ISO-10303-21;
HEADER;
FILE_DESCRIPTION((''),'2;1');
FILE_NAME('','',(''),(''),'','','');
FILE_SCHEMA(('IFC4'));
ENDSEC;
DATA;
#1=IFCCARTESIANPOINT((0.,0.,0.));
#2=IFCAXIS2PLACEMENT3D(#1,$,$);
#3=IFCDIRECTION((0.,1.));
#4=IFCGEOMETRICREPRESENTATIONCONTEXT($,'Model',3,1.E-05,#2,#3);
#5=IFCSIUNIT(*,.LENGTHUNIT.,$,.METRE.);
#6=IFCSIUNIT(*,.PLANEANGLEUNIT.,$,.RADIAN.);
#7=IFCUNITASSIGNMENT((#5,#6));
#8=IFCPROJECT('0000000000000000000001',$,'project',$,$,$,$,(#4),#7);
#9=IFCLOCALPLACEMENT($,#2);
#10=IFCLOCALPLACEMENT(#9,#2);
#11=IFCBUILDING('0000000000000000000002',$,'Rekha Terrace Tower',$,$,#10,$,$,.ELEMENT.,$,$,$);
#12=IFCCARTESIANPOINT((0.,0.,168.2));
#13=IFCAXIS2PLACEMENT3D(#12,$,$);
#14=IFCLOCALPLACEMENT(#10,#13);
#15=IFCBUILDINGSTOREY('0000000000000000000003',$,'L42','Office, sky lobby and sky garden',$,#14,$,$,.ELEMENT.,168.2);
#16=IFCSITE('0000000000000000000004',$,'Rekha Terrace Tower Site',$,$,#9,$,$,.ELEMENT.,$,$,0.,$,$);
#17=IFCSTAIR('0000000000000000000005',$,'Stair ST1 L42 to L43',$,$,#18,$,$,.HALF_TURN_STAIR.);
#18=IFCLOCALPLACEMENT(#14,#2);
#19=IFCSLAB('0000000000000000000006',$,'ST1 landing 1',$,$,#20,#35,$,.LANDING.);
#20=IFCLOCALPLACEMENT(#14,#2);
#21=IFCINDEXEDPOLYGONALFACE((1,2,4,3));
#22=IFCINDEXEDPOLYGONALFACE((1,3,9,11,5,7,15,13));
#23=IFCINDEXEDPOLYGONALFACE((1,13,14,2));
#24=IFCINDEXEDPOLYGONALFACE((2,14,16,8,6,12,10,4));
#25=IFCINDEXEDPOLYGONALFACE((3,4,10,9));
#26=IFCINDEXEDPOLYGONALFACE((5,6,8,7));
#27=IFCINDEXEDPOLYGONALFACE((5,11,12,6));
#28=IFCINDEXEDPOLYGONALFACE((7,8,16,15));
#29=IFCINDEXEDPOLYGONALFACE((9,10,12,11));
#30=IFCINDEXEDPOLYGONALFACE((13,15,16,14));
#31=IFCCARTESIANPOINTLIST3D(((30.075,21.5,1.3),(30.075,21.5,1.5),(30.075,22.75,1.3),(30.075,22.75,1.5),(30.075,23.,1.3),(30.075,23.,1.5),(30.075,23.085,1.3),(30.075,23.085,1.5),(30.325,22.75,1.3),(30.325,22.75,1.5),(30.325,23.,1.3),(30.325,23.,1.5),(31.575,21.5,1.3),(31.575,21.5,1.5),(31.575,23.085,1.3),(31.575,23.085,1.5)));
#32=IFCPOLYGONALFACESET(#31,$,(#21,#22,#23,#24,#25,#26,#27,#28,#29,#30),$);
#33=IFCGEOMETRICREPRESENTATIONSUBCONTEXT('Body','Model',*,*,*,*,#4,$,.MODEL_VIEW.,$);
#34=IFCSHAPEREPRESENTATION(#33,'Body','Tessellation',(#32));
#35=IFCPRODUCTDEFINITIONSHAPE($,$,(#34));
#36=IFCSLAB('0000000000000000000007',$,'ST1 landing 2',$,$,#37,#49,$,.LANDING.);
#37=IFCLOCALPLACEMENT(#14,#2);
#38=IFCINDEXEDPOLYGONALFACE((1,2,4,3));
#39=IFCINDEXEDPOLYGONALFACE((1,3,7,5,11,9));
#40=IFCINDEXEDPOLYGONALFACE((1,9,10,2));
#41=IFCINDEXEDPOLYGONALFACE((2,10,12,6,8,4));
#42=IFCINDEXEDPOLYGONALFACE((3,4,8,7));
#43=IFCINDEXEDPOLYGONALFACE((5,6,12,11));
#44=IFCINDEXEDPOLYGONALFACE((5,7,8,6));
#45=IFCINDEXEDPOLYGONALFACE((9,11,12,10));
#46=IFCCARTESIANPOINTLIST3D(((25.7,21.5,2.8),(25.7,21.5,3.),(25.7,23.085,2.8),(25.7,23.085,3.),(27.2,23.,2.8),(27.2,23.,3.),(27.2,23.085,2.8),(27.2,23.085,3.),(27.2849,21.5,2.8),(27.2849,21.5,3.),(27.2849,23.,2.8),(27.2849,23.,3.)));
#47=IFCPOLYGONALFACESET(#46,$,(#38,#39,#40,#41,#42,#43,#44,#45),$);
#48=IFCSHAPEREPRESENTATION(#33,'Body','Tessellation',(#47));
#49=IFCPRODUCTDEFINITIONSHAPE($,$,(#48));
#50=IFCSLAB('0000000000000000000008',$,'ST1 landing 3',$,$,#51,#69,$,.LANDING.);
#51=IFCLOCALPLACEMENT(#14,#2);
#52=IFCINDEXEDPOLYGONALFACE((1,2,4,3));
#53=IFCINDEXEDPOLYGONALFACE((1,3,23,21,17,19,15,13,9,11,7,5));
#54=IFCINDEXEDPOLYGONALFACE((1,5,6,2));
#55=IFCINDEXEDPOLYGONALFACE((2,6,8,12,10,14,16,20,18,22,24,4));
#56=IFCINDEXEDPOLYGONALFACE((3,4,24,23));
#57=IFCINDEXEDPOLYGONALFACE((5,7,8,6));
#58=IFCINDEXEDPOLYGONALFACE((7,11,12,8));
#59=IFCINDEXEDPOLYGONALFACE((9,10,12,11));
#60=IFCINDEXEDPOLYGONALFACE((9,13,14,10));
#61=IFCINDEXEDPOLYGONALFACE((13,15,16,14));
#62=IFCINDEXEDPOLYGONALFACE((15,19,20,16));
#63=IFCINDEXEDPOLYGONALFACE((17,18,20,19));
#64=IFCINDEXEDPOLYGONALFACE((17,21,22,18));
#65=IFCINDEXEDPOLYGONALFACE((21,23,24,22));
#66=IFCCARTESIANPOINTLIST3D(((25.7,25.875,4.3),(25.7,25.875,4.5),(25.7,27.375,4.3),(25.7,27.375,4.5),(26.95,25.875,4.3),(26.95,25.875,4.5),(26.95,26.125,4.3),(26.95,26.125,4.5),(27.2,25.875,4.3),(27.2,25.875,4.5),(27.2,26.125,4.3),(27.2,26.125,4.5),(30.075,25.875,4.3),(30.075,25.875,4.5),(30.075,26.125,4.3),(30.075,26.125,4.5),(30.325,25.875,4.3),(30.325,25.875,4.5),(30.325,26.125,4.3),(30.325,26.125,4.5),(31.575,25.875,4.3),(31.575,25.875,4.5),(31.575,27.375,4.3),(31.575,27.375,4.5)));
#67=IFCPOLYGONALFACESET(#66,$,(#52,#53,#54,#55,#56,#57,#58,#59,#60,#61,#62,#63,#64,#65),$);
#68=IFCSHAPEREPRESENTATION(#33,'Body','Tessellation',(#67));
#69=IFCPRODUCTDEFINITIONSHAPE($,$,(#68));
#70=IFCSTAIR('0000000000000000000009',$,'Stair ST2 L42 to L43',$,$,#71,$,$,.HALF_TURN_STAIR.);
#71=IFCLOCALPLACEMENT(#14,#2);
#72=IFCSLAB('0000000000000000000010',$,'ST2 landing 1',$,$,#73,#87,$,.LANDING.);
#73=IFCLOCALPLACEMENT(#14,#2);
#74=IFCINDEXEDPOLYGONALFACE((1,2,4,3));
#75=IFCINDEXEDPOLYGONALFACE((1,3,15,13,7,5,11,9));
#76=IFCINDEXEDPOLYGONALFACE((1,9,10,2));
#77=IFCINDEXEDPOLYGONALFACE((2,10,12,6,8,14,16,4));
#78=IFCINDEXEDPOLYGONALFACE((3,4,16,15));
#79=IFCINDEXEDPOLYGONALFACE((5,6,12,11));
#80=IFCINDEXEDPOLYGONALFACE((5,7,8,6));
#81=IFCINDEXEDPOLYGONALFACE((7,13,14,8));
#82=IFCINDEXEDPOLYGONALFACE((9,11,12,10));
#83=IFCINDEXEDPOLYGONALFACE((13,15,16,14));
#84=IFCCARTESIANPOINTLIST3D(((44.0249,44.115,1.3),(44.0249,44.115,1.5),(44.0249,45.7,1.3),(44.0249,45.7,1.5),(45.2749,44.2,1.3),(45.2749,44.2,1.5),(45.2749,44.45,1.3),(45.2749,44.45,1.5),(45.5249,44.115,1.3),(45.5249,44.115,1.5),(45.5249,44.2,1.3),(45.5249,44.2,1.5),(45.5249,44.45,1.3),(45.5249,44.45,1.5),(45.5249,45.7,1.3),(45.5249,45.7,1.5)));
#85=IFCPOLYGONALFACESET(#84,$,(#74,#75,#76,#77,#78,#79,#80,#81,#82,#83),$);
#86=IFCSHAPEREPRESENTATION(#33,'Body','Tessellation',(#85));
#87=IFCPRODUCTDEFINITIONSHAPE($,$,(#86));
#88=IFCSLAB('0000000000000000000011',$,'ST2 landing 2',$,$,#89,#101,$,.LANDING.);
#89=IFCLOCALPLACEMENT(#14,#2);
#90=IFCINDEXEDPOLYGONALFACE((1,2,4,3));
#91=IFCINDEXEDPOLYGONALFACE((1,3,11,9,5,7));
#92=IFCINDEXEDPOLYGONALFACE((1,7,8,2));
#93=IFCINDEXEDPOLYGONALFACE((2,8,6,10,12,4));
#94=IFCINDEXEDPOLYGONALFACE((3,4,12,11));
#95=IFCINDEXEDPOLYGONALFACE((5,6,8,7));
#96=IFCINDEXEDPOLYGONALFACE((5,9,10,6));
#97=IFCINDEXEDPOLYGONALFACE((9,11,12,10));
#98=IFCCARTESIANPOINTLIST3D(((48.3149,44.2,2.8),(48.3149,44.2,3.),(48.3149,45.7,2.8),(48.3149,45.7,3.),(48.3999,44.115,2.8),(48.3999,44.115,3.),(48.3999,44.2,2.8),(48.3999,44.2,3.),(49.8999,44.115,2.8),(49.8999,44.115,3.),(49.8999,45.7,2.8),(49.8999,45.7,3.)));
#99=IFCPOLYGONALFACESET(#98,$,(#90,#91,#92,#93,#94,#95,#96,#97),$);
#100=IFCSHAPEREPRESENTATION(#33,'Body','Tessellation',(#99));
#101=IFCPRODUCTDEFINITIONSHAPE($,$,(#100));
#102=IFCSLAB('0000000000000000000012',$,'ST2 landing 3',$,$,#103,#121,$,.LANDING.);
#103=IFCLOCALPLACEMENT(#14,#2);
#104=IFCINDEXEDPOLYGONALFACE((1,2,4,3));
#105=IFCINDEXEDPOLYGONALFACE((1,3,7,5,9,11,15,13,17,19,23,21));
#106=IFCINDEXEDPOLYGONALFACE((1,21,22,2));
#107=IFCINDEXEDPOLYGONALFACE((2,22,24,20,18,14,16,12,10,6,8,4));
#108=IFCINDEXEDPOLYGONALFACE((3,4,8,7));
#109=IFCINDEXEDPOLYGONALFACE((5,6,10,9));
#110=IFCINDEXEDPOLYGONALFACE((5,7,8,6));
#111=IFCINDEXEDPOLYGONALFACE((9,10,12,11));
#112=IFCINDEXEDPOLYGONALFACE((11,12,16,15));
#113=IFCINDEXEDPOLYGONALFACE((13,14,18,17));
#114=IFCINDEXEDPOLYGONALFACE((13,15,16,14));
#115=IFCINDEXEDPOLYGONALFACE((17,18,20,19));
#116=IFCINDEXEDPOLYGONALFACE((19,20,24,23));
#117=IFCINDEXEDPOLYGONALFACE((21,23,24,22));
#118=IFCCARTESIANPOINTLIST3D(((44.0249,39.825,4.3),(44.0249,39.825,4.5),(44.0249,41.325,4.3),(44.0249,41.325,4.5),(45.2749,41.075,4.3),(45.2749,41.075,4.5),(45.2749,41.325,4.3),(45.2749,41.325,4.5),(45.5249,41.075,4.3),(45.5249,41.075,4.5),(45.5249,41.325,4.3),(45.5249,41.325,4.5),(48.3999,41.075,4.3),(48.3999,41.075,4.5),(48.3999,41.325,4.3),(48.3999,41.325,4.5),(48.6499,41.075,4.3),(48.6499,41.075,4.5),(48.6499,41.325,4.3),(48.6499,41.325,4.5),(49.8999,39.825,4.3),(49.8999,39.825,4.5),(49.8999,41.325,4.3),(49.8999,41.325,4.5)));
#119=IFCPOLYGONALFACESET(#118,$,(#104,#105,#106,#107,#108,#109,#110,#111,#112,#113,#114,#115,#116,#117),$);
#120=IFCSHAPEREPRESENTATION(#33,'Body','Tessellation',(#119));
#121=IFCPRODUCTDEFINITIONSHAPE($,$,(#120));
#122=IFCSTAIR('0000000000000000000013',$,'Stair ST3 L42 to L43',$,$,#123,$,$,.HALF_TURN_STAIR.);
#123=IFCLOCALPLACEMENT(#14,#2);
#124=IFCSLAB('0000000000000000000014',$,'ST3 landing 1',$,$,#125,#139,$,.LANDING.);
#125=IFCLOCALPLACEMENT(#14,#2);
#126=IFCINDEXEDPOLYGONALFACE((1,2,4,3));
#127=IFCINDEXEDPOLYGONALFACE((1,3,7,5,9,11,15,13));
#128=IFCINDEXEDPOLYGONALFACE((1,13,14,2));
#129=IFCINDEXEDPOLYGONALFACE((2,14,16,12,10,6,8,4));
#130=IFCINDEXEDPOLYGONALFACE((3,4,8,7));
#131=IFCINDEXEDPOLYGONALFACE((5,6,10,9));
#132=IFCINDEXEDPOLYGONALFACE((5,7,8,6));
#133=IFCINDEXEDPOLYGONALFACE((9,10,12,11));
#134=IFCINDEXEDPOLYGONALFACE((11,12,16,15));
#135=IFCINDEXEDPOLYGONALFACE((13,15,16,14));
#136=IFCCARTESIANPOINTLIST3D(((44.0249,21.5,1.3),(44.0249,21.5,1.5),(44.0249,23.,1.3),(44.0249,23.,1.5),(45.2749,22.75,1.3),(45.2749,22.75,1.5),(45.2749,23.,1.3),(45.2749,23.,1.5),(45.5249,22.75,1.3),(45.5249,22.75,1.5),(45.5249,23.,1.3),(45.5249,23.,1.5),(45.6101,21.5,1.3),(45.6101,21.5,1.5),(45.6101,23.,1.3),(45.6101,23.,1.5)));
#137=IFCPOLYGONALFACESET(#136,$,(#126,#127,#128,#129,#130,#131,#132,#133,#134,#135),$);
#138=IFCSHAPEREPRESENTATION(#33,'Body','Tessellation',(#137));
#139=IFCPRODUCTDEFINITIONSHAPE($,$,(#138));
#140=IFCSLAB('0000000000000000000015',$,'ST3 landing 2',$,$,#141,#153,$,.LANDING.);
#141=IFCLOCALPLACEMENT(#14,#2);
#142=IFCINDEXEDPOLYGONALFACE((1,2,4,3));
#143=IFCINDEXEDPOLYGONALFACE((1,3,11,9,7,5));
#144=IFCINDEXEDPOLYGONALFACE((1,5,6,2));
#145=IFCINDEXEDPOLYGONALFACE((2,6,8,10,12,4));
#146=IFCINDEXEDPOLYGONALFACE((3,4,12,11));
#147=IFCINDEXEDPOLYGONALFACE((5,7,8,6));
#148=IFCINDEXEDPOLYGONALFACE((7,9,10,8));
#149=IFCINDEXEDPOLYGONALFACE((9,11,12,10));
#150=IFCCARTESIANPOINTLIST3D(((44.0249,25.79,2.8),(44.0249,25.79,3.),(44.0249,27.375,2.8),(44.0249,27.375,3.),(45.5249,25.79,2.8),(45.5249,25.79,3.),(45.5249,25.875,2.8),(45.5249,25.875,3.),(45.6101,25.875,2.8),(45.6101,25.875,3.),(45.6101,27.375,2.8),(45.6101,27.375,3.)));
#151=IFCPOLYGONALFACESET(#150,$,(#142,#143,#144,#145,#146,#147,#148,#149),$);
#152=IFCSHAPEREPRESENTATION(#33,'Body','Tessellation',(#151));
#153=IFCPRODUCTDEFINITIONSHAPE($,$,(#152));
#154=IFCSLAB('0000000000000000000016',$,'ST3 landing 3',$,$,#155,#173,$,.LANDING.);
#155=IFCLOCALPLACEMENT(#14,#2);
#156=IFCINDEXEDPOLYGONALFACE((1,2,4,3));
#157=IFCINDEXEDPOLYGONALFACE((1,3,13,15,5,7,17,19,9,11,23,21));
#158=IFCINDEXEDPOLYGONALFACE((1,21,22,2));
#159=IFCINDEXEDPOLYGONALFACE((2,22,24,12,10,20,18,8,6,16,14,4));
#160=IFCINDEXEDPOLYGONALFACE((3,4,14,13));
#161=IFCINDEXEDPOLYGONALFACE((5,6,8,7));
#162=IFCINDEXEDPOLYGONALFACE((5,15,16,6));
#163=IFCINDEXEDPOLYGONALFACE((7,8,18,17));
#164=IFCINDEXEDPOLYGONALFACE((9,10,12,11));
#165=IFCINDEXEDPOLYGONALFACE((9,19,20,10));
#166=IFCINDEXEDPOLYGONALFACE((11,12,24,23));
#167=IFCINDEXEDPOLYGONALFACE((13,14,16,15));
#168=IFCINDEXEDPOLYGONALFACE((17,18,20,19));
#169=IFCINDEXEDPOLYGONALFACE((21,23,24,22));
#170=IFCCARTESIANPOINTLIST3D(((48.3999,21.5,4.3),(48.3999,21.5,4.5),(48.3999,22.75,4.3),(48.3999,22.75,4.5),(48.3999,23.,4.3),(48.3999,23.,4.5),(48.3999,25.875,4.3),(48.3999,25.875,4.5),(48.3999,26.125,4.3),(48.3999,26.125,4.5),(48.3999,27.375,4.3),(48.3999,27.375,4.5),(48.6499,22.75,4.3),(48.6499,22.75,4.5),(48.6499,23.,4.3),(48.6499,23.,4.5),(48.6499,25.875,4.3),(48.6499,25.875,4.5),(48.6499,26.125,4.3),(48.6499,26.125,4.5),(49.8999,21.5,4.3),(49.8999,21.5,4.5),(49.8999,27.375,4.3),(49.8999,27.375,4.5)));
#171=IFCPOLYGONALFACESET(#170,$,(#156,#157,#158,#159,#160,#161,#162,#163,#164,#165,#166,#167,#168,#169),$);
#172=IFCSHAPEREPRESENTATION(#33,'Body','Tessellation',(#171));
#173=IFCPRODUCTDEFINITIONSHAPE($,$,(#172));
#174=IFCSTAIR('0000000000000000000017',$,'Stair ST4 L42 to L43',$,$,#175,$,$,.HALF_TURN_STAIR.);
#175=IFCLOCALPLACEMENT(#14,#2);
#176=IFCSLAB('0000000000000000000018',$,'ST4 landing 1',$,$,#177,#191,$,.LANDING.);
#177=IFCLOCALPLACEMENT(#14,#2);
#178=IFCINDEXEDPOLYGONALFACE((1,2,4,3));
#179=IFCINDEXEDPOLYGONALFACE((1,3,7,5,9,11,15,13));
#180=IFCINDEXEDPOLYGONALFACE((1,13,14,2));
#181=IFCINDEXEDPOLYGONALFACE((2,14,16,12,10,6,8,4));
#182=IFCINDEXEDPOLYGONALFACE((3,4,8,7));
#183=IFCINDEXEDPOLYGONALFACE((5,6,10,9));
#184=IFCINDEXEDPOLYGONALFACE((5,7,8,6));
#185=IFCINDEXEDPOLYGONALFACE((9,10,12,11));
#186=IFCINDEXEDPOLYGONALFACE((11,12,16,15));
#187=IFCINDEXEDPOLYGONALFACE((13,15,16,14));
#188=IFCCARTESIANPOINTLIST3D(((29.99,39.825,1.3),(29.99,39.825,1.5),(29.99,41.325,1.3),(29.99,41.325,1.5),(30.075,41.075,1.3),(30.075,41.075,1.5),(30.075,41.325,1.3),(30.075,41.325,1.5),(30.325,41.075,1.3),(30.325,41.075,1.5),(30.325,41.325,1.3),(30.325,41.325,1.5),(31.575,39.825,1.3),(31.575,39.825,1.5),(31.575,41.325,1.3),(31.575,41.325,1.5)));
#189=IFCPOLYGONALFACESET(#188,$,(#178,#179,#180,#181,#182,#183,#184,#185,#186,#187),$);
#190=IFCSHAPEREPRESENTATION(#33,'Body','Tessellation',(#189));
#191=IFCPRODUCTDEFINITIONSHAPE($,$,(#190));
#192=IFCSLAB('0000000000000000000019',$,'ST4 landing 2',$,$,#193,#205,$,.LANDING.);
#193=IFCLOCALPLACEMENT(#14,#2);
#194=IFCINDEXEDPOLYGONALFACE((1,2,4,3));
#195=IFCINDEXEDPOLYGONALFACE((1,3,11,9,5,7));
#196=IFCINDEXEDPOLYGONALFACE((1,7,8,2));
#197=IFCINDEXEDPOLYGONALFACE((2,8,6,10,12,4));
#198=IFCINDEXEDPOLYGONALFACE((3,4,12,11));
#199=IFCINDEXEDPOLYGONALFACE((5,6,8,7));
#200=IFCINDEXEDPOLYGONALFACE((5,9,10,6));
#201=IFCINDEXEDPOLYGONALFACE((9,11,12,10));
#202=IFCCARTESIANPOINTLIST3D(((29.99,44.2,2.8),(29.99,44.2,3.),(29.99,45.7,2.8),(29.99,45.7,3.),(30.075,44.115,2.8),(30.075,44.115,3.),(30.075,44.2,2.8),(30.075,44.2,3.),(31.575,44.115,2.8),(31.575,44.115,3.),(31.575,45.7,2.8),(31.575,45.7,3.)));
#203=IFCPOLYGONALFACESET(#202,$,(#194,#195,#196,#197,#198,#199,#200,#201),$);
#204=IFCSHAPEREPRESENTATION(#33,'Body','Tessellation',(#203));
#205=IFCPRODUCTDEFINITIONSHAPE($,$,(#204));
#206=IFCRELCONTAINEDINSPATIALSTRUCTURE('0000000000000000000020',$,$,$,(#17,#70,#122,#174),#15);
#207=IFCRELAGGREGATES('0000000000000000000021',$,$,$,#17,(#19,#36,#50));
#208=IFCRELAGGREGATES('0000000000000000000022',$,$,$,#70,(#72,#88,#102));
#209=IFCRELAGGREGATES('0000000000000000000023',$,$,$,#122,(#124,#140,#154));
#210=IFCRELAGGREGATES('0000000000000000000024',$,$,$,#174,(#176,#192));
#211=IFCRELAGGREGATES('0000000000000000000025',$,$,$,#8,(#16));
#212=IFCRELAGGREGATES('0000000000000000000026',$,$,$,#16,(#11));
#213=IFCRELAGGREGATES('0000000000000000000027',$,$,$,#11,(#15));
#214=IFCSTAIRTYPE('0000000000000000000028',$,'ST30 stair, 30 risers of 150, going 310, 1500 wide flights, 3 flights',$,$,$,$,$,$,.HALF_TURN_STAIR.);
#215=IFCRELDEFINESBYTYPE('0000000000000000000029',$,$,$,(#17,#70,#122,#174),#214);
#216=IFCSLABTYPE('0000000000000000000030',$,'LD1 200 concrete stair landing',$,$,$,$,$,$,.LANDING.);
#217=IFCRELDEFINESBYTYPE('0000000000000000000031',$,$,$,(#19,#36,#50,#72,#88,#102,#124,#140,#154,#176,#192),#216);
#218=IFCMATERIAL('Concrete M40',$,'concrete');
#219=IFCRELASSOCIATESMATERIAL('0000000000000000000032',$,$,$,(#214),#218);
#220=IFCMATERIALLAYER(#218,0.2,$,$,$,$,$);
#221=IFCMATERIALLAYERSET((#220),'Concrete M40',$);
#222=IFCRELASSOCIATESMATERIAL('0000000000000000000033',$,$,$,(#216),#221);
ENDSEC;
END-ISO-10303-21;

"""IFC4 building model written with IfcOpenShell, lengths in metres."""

from ifc_helpers import new_model, si_unit, direction, frame, origin, place, context, subcontext, project, spatial, polyline, outline, extrude, material, layer, layer_set, type_object, element, aggregate, save


model = new_model("IFC4")

# Units and contexts
model_context = context("Model", 3, precision=1e-05, world=origin(), true_north=direction((0.0, 1.0)))
body_context = subcontext(model_context, "Body", "Model", "MODEL_VIEW")
ifc_project = project(units=[si_unit("LENGTHUNIT", "METRE"), si_unit("PLANEANGLEUNIT", "RADIAN")], contexts=[model_context])

# Site, building, storey
site_placement = place(None, origin())
site = spatial("IfcSite", under=ifc_project, at=site_placement, Name="Rekha Terrace Tower Site", CompositionType="ELEMENT", RefElevation=0.0)
building_placement = place(site_placement, origin())
building = spatial("IfcBuilding", under=site, at=building_placement, Name="Rekha Terrace Tower", CompositionType="ELEMENT")
storey_placement = place(building_placement, frame((0.0, 0.0, 168.2)))
storey = spatial("IfcBuildingStorey", under=building, at=storey_placement, Name="L42", Description="Office, sky lobby and sky garden", CompositionType="ELEMENT", Elevation=168.2)

# Stairs, slabs
ifc_material_1 = material(Name="Concrete M40", Category="concrete")
stair_type = type_object("IfcStairType", Name="ST30 stair, 30 risers of 150, going 310, 1500 wide flights, 3 flights", PredefinedType="HALF_TURN_STAIR", material=ifc_material_1)
stair_1_placement = place(storey_placement, origin())
stair_1 = element("IfcStair", 1, at=stair_1_placement, inside=storey, type_object=stair_type, Name="Stair ST1 L42 to L43", PredefinedType="HALF_TURN_STAIR")
ifc_layer_1 = layer(ifc_material_1, 0.2)
ifc_layer_set_1 = layer_set([ifc_layer_1], Name="Concrete M40")
slab_type_1 = type_object("IfcSlabType", Name="LD1 200 concrete stair landing", PredefinedType="LANDING", material=ifc_layer_set_1)
slab_1_placement = place(storey_placement, frame((0.0, 0.0, 1.3)))
slab_1 = element("IfcSlab", 2, at=slab_1_placement, type_object=slab_type_1, Name="ST1 landing 1", PredefinedType="LANDING", context=body_context, shape_type="SweptSolid", body=[
    extrude(outline(polyline([(30.075, 21.5), (31.575, 21.5), (31.575, 23.085), (30.075, 23.085), (30.075, 23.0), (30.325, 23.0), (30.325, 22.75), (30.075, 22.75), (30.075, 21.5)])), origin(), (0.0, 0.0, 1.0), 0.2),
])
slab_2_placement = place(storey_placement, frame((0.0, 0.0, 2.8)))
slab_2 = element("IfcSlab", 3, at=slab_2_placement, type_object=slab_type_1, Name="ST1 landing 2", PredefinedType="LANDING", context=body_context, shape_type="SweptSolid", body=[
    extrude(outline(polyline([(27.2, 23.085), (25.7, 23.085), (25.7, 21.5), (27.2849, 21.5), (27.2849, 23.0), (27.2, 23.0), (27.2, 23.085)])), origin(), (0.0, 0.0, 1.0), 0.2),
])
slab_3_placement = place(storey_placement, frame((0.0, 0.0, 4.3)))
slab_3 = element("IfcSlab", 4, at=slab_3_placement, type_object=slab_type_1, Name="ST1 landing 3", PredefinedType="LANDING", context=body_context, shape_type="SweptSolid", body=[
    extrude(outline(polyline([(31.575, 25.875), (31.575, 27.375), (25.7, 27.375), (25.7, 25.875), (26.95, 25.875), (26.95, 26.125), (27.2, 26.125), (27.2, 25.875), (30.075, 25.875), (30.075, 26.125), (30.325, 26.125), (30.325, 25.875), (31.575, 25.875)])), origin(), (0.0, 0.0, 1.0), 0.2),
])
aggregate(stair_1, [slab_1, slab_2, slab_3])
stair_2_placement = place(storey_placement, origin())
stair_2 = element("IfcStair", 5, at=stair_2_placement, inside=storey, type_object=stair_type, Name="Stair ST2 L42 to L43", PredefinedType="HALF_TURN_STAIR")
slab_4_placement = place(storey_placement, frame((0.0, 0.0, 1.3)))
slab_4 = element("IfcSlab", 6, at=slab_4_placement, type_object=slab_type_1, Name="ST2 landing 1", PredefinedType="LANDING", context=body_context, shape_type="SweptSolid", body=[
    extrude(outline(polyline([(45.5249, 45.7), (44.0249, 45.7), (44.0249, 44.115), (45.5249, 44.115), (45.5249, 44.2), (45.2749, 44.2), (45.2749, 44.45), (45.5249, 44.45), (45.5249, 45.7)])), origin(), (0.0, 0.0, 1.0), 0.2),
])
slab_5_placement = place(storey_placement, frame((0.0, 0.0, 2.8)))
slab_5 = element("IfcSlab", 7, at=slab_5_placement, type_object=slab_type_1, Name="ST2 landing 2", PredefinedType="LANDING", context=body_context, shape_type="SweptSolid", body=[
    extrude(outline(polyline([(48.3999, 44.115), (49.8999, 44.115), (49.8999, 45.7), (48.3149, 45.7), (48.3149, 44.2), (48.3999, 44.2), (48.3999, 44.115)])), origin(), (0.0, 0.0, 1.0), 0.2),
])
slab_6_placement = place(storey_placement, frame((0.0, 0.0, 4.3)))
slab_6 = element("IfcSlab", 8, at=slab_6_placement, type_object=slab_type_1, Name="ST2 landing 3", PredefinedType="LANDING", context=body_context, shape_type="SweptSolid", body=[
    extrude(outline(polyline([(44.0249, 41.325), (44.0249, 39.825), (49.8999, 39.825), (49.8999, 41.325), (48.6499, 41.325), (48.6499, 41.075), (48.3999, 41.075), (48.3999, 41.325), (45.5249, 41.325), (45.5249, 41.075), (45.2749, 41.075), (45.2749, 41.325), (44.0249, 41.325)])), origin(), (0.0, 0.0, 1.0), 0.2),
])
aggregate(stair_2, [slab_4, slab_5, slab_6])
stair_3_placement = place(storey_placement, origin())
stair_3 = element("IfcStair", 9, at=stair_3_placement, inside=storey, type_object=stair_type, Name="Stair ST3 L42 to L43", PredefinedType="HALF_TURN_STAIR")
slab_7_placement = place(storey_placement, frame((0.0, 0.0, 1.3)))
slab_7 = element("IfcSlab", 10, at=slab_7_placement, type_object=slab_type_1, Name="ST3 landing 1", PredefinedType="LANDING", context=body_context, shape_type="SweptSolid", body=[
    extrude(outline(polyline([(44.0249, 23.0), (44.0249, 21.5), (45.6101, 21.5), (45.6101, 23.0), (45.5249, 23.0), (45.5249, 22.75), (45.2749, 22.75), (45.2749, 23.0), (44.0249, 23.0)])), origin(), (0.0, 0.0, 1.0), 0.2),
])
slab_8_placement = place(storey_placement, frame((0.0, 0.0, 2.8)))
slab_8 = element("IfcSlab", 11, at=slab_8_placement, type_object=slab_type_1, Name="ST3 landing 2", PredefinedType="LANDING", context=body_context, shape_type="SweptSolid", body=[
    extrude(outline(polyline([(45.6101, 25.875), (45.6101, 27.375), (44.0249, 27.375), (44.0249, 25.79), (45.5249, 25.79), (45.5249, 25.875), (45.6101, 25.875)])), origin(), (0.0, 0.0, 1.0), 0.2),
])
slab_9_placement = place(storey_placement, frame((0.0, 0.0, 4.3)))
slab_9 = element("IfcSlab", 12, at=slab_9_placement, type_object=slab_type_1, Name="ST3 landing 3", PredefinedType="LANDING", context=body_context, shape_type="SweptSolid", body=[
    extrude(outline(polyline([(48.3999, 21.5), (49.8999, 21.5), (49.8999, 27.375), (48.3999, 27.375), (48.3999, 26.125), (48.6499, 26.125), (48.6499, 25.875), (48.3999, 25.875), (48.3999, 23.0), (48.6499, 23.0), (48.6499, 22.75), (48.3999, 22.75), (48.3999, 21.5)])), origin(), (0.0, 0.0, 1.0), 0.2),
])
aggregate(stair_3, [slab_7, slab_8, slab_9])
stair_4_placement = place(storey_placement, origin())
stair_4 = element("IfcStair", 13, at=stair_4_placement, inside=storey, type_object=stair_type, Name="Stair ST4 L42 to L43", PredefinedType="HALF_TURN_STAIR")
slab_10_placement = place(storey_placement, frame((0.0, 0.0, 1.3)))
slab_10 = element("IfcSlab", 14, at=slab_10_placement, type_object=slab_type_1, Name="ST4 landing 1", PredefinedType="LANDING", context=body_context, shape_type="SweptSolid", body=[
    extrude(outline(polyline([(31.575, 41.325), (31.575, 39.825), (29.99, 39.825), (29.99, 41.325), (30.075, 41.325), (30.075, 41.075), (30.325, 41.075), (30.325, 41.325), (31.575, 41.325)])), origin(), (0.0, 0.0, 1.0), 0.2),
])
slab_11_placement = place(storey_placement, frame((0.0, 0.0, 2.8)))
slab_11 = element("IfcSlab", 15, at=slab_11_placement, type_object=slab_type_1, Name="ST4 landing 2", PredefinedType="LANDING", context=body_context, shape_type="SweptSolid", body=[
    extrude(outline(polyline([(29.99, 44.2), (29.99, 45.7), (31.575, 45.7), (31.575, 44.115), (30.075, 44.115), (30.075, 44.2), (29.99, 44.2)])), origin(), (0.0, 0.0, 1.0), 0.2),
])
aggregate(stair_4, [slab_10, slab_11])

save(model, "model.ifc")
